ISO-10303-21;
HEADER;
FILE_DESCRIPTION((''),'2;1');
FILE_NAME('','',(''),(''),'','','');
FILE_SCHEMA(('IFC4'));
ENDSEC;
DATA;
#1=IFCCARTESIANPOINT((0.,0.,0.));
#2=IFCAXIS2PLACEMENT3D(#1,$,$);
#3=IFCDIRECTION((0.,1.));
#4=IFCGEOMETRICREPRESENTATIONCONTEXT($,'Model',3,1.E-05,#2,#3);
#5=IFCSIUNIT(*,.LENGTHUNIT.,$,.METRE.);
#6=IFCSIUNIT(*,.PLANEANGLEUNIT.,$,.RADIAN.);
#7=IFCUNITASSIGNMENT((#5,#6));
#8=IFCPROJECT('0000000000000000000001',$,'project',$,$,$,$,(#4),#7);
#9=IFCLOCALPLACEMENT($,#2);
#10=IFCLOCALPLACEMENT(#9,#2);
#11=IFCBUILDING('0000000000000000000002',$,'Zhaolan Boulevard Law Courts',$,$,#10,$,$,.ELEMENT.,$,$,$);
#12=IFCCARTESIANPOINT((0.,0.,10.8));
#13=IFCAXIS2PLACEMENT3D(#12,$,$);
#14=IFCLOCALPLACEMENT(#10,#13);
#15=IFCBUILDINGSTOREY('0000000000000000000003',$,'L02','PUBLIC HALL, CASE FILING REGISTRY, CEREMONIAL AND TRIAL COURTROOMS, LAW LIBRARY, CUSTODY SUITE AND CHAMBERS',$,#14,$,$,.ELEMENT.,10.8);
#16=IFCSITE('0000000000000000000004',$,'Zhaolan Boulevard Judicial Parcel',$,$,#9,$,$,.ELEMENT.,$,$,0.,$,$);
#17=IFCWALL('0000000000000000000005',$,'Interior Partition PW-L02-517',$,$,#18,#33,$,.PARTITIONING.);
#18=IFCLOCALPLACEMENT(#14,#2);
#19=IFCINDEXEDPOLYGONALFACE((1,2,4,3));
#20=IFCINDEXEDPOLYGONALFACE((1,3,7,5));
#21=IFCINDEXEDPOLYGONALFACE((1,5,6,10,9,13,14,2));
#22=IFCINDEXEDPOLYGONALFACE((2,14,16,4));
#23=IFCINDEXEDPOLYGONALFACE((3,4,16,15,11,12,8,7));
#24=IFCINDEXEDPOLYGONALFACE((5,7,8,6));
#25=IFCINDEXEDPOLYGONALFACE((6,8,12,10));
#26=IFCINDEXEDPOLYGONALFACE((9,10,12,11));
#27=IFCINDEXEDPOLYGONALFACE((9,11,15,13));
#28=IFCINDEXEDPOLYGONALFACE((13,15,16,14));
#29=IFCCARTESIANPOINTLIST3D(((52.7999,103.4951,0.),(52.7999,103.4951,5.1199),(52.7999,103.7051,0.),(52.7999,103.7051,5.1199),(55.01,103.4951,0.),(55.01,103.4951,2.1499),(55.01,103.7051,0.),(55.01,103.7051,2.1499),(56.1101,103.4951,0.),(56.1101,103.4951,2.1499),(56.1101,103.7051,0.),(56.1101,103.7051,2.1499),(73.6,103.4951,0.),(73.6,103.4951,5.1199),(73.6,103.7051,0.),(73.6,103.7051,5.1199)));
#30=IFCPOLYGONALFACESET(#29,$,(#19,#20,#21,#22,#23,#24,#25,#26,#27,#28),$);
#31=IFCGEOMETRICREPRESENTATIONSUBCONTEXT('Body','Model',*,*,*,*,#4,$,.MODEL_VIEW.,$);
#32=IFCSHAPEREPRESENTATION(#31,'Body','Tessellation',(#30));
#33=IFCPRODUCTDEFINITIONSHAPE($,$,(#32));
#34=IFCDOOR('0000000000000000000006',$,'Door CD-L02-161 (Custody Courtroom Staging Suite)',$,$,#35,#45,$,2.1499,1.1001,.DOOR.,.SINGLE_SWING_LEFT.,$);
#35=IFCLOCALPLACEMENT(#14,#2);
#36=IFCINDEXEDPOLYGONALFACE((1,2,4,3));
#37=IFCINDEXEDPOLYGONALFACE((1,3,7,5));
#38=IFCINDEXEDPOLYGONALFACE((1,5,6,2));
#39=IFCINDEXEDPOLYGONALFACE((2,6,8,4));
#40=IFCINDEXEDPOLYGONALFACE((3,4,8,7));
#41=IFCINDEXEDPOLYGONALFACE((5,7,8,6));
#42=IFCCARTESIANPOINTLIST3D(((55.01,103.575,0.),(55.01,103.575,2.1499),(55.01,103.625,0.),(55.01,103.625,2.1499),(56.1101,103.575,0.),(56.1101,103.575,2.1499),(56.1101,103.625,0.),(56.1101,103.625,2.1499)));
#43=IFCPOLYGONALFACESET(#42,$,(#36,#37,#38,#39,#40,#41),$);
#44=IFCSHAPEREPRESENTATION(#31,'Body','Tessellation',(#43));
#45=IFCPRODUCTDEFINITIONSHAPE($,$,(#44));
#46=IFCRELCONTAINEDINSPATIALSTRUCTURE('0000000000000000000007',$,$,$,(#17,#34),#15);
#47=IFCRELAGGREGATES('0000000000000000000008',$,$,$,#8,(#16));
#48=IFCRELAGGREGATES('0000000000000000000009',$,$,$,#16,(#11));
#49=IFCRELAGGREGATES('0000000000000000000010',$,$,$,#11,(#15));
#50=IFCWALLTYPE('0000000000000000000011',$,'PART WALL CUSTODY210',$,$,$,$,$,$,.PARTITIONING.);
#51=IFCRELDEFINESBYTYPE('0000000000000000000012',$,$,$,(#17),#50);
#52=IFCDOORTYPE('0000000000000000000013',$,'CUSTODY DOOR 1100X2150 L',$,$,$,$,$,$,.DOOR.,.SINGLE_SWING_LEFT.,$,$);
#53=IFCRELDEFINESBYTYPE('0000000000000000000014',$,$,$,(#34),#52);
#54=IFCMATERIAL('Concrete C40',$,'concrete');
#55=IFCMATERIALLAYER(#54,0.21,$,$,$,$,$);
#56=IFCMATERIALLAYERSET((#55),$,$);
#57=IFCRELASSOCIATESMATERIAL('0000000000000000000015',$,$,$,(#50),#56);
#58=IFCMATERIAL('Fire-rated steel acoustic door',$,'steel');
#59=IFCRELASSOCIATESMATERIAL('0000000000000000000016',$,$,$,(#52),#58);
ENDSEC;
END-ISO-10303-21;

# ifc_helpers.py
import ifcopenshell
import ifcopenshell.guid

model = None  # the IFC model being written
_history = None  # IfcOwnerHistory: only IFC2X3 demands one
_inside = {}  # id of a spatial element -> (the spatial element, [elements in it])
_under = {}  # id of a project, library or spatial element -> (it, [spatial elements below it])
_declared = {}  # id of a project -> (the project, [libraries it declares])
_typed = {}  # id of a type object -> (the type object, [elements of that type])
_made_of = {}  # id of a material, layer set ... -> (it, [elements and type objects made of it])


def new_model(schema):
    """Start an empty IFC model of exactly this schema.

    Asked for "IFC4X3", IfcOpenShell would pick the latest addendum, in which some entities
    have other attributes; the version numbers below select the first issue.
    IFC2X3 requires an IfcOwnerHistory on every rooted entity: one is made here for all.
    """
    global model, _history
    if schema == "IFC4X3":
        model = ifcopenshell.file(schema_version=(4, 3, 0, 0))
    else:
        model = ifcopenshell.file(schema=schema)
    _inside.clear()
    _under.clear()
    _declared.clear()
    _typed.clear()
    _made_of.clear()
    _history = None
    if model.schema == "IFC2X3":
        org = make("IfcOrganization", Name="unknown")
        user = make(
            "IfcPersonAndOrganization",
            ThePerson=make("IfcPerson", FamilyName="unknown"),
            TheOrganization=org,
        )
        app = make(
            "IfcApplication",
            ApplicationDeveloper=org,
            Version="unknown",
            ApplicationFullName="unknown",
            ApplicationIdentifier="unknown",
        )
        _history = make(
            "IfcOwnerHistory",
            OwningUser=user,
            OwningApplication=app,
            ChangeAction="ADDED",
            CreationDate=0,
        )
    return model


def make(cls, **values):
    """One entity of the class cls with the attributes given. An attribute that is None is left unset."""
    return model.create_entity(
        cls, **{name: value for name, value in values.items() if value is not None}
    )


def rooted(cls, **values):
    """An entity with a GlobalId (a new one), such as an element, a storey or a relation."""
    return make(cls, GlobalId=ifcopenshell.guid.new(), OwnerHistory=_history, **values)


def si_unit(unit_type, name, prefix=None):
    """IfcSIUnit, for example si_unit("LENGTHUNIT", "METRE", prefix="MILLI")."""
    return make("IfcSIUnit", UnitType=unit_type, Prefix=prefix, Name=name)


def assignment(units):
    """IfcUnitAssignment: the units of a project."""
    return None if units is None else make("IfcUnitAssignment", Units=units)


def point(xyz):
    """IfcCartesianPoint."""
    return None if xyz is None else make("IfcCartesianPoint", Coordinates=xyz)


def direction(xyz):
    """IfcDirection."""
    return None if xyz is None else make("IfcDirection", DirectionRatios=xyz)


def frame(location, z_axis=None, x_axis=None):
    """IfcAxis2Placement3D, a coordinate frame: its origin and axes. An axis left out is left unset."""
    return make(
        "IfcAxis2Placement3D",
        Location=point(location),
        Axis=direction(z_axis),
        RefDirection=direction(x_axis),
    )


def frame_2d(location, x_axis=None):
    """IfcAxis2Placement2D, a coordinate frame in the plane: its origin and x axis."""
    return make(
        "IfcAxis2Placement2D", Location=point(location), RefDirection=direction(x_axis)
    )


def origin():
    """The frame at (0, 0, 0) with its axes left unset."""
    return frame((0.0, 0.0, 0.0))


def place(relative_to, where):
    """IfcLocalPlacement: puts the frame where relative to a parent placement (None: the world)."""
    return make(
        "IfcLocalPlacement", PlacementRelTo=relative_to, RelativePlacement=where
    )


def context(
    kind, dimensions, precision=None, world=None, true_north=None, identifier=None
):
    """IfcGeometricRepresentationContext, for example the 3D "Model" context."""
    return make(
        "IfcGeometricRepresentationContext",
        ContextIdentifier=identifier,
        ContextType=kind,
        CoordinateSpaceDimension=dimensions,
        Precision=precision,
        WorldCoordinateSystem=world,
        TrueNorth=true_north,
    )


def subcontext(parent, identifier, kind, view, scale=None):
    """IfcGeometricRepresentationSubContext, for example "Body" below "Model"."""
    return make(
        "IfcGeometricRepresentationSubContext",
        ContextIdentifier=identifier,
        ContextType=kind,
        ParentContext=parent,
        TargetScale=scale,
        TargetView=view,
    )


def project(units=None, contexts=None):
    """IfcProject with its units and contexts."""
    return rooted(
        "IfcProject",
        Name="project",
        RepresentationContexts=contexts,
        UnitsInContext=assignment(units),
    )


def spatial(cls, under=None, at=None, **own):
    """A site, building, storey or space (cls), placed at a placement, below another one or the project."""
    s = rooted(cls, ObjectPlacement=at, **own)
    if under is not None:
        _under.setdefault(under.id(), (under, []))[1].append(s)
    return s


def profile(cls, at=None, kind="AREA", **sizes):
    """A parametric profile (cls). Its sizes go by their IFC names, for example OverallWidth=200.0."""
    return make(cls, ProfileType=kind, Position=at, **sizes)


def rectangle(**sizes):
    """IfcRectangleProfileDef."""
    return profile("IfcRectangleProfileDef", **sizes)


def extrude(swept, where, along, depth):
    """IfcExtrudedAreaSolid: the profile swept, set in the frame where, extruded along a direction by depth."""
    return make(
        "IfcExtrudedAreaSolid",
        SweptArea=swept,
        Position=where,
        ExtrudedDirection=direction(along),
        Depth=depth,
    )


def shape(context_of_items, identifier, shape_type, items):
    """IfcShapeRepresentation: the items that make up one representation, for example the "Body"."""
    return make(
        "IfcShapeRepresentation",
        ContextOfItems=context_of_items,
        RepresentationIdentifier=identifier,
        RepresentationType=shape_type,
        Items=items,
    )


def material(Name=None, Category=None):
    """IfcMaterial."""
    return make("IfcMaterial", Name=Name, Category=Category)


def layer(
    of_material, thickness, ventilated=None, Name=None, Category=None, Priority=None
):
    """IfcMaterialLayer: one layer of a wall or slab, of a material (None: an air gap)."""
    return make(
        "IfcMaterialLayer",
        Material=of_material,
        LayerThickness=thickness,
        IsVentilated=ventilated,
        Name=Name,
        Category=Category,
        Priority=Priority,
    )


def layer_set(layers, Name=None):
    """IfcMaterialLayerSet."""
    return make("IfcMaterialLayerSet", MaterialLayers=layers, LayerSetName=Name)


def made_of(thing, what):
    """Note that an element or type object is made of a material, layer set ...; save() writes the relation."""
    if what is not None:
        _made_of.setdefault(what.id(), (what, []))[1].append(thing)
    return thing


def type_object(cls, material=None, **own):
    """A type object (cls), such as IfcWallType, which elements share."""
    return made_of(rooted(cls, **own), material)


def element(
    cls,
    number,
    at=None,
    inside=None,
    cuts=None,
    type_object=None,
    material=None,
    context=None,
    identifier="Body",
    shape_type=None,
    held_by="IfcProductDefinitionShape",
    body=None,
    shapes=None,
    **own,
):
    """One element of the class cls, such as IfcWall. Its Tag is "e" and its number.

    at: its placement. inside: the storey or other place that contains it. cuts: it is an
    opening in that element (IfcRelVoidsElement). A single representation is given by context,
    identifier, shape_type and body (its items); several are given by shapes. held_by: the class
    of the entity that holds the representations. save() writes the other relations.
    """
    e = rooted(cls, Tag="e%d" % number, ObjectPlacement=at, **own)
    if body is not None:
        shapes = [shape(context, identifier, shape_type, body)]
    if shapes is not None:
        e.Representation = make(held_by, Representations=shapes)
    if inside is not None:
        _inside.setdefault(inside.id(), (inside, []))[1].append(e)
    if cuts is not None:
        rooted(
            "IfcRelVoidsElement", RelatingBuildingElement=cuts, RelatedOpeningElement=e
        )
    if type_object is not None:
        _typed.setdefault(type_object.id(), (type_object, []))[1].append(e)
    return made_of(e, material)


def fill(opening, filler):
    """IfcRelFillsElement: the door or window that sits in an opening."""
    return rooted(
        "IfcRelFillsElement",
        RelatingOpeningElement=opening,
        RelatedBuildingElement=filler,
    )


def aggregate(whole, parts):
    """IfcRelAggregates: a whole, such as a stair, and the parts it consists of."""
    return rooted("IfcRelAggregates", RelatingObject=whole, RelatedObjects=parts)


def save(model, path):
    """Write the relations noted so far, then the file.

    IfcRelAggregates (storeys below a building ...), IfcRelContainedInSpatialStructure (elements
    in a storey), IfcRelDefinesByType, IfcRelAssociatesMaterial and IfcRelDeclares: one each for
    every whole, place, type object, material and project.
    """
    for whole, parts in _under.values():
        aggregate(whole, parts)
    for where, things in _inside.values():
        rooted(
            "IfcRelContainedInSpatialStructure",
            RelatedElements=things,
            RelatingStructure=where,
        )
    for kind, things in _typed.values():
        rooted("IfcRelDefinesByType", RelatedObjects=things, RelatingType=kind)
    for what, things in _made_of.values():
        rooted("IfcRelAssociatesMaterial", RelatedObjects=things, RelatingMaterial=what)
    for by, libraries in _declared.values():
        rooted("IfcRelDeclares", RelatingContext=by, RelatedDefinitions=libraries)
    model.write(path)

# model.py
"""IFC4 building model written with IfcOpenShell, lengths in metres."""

from ifc_helpers import new_model, si_unit, direction, frame, frame_2d, origin, place, context, subcontext, project, spatial, rectangle, extrude, material, layer, layer_set, type_object, element, fill, save


model = new_model("IFC4")

# Units and contexts
model_context = context("Model", 3, precision=1e-05, world=origin(), true_north=direction((0.0, 1.0)))
body_context = subcontext(model_context, "Body", "Model", "MODEL_VIEW")
ifc_project = project(units=[si_unit("LENGTHUNIT", "METRE"), si_unit("PLANEANGLEUNIT", "RADIAN")], contexts=[model_context])

# Site, building, storey
site_placement = place(None, origin())
site = spatial("IfcSite", under=ifc_project, at=site_placement, Name="Zhaolan Boulevard Judicial Parcel", CompositionType="ELEMENT", RefElevation=0.0)
building_placement = place(site_placement, origin())
building = spatial("IfcBuilding", under=site, at=building_placement, Name="Zhaolan Boulevard Law Courts", CompositionType="ELEMENT")
storey_placement = place(building_placement, frame((0.0, 0.0, 10.8)))
storey = spatial("IfcBuildingStorey", under=building, at=storey_placement, Name="L02", Description="PUBLIC HALL, CASE FILING REGISTRY, CEREMONIAL AND TRIAL COURTROOMS, LAW LIBRARY, CUSTODY SUITE AND CHAMBERS", CompositionType="ELEMENT", Elevation=10.8)

# Wall, opening, door
ifc_material_1 = material(Name="Concrete C40", Category="concrete")
ifc_layer_1 = layer(ifc_material_1, 0.21)
ifc_layer_set_1 = layer_set([ifc_layer_1])
wall_type_1 = type_object("IfcWallType", Name="PART WALL CUSTODY210", PredefinedType="PARTITIONING", material=ifc_layer_set_1)
wall_1_placement = place(storey_placement, frame((52.8, 103.6001, 0.0), z_axis=(0.0, 0.0, 1.0), x_axis=(1.0, 0.0, 0.0)))
wall_1 = element("IfcWall", 1, at=wall_1_placement, inside=storey, type_object=wall_type_1, Name="Interior Partition PW-L02-517", PredefinedType="PARTITIONING", context=body_context, shape_type="SweptSolid", body=[
    extrude(rectangle(XDim=20.8, YDim=0.21, at=frame_2d((10.3999, 0.0))), origin(), (0.0, 0.0, 1.0), 5.1199),
])
opening_1_placement = place(wall_1_placement, frame((2.21, 0.0, 0.0)))
opening_1 = element("IfcOpeningElement", 2, at=opening_1_placement, cuts=wall_1, PredefinedType="OPENING", context=body_context, shape_type="SweptSolid", body=[
    extrude(rectangle(XDim=1.1001, YDim=2.1499, at=frame_2d((0.55, 1.075))), frame((0.0, 0.115, 0.0), z_axis=(0.0, -1.0, 0.0), x_axis=(1.0, 0.0, 0.0)), (0.0, 0.0, 1.0), 0.23),
])
ifc_material_2 = material(Name="Fire-rated steel acoustic door", Category="steel")
door_type = type_object("IfcDoorType", Name="CUSTODY DOOR 1100X2150 L", OperationType="SINGLE_SWING_LEFT", PredefinedType="DOOR", material=ifc_material_2)
door_placement = place(opening_1_placement, origin())
door = element("IfcDoor", 3, at=door_placement, inside=storey, type_object=door_type, Name="Door CD-L02-161 (Custody Courtroom Staging Suite)", OperationType="SINGLE_SWING_LEFT", OverallHeight=2.1499, OverallWidth=1.1001, PredefinedType="DOOR", context=body_context, shape_type="SweptSolid", body=[
    extrude(rectangle(XDim=1.1001, YDim=2.1499, at=frame_2d((0.55, 1.075))), frame((0.0, 0.0249, 0.0), z_axis=(0.0, -1.0, 0.0), x_axis=(1.0, 0.0, 0.0)), (0.0, 0.0, 1.0), 0.05),
])
fill(opening_1, door)

save(model, "model.ifc")
